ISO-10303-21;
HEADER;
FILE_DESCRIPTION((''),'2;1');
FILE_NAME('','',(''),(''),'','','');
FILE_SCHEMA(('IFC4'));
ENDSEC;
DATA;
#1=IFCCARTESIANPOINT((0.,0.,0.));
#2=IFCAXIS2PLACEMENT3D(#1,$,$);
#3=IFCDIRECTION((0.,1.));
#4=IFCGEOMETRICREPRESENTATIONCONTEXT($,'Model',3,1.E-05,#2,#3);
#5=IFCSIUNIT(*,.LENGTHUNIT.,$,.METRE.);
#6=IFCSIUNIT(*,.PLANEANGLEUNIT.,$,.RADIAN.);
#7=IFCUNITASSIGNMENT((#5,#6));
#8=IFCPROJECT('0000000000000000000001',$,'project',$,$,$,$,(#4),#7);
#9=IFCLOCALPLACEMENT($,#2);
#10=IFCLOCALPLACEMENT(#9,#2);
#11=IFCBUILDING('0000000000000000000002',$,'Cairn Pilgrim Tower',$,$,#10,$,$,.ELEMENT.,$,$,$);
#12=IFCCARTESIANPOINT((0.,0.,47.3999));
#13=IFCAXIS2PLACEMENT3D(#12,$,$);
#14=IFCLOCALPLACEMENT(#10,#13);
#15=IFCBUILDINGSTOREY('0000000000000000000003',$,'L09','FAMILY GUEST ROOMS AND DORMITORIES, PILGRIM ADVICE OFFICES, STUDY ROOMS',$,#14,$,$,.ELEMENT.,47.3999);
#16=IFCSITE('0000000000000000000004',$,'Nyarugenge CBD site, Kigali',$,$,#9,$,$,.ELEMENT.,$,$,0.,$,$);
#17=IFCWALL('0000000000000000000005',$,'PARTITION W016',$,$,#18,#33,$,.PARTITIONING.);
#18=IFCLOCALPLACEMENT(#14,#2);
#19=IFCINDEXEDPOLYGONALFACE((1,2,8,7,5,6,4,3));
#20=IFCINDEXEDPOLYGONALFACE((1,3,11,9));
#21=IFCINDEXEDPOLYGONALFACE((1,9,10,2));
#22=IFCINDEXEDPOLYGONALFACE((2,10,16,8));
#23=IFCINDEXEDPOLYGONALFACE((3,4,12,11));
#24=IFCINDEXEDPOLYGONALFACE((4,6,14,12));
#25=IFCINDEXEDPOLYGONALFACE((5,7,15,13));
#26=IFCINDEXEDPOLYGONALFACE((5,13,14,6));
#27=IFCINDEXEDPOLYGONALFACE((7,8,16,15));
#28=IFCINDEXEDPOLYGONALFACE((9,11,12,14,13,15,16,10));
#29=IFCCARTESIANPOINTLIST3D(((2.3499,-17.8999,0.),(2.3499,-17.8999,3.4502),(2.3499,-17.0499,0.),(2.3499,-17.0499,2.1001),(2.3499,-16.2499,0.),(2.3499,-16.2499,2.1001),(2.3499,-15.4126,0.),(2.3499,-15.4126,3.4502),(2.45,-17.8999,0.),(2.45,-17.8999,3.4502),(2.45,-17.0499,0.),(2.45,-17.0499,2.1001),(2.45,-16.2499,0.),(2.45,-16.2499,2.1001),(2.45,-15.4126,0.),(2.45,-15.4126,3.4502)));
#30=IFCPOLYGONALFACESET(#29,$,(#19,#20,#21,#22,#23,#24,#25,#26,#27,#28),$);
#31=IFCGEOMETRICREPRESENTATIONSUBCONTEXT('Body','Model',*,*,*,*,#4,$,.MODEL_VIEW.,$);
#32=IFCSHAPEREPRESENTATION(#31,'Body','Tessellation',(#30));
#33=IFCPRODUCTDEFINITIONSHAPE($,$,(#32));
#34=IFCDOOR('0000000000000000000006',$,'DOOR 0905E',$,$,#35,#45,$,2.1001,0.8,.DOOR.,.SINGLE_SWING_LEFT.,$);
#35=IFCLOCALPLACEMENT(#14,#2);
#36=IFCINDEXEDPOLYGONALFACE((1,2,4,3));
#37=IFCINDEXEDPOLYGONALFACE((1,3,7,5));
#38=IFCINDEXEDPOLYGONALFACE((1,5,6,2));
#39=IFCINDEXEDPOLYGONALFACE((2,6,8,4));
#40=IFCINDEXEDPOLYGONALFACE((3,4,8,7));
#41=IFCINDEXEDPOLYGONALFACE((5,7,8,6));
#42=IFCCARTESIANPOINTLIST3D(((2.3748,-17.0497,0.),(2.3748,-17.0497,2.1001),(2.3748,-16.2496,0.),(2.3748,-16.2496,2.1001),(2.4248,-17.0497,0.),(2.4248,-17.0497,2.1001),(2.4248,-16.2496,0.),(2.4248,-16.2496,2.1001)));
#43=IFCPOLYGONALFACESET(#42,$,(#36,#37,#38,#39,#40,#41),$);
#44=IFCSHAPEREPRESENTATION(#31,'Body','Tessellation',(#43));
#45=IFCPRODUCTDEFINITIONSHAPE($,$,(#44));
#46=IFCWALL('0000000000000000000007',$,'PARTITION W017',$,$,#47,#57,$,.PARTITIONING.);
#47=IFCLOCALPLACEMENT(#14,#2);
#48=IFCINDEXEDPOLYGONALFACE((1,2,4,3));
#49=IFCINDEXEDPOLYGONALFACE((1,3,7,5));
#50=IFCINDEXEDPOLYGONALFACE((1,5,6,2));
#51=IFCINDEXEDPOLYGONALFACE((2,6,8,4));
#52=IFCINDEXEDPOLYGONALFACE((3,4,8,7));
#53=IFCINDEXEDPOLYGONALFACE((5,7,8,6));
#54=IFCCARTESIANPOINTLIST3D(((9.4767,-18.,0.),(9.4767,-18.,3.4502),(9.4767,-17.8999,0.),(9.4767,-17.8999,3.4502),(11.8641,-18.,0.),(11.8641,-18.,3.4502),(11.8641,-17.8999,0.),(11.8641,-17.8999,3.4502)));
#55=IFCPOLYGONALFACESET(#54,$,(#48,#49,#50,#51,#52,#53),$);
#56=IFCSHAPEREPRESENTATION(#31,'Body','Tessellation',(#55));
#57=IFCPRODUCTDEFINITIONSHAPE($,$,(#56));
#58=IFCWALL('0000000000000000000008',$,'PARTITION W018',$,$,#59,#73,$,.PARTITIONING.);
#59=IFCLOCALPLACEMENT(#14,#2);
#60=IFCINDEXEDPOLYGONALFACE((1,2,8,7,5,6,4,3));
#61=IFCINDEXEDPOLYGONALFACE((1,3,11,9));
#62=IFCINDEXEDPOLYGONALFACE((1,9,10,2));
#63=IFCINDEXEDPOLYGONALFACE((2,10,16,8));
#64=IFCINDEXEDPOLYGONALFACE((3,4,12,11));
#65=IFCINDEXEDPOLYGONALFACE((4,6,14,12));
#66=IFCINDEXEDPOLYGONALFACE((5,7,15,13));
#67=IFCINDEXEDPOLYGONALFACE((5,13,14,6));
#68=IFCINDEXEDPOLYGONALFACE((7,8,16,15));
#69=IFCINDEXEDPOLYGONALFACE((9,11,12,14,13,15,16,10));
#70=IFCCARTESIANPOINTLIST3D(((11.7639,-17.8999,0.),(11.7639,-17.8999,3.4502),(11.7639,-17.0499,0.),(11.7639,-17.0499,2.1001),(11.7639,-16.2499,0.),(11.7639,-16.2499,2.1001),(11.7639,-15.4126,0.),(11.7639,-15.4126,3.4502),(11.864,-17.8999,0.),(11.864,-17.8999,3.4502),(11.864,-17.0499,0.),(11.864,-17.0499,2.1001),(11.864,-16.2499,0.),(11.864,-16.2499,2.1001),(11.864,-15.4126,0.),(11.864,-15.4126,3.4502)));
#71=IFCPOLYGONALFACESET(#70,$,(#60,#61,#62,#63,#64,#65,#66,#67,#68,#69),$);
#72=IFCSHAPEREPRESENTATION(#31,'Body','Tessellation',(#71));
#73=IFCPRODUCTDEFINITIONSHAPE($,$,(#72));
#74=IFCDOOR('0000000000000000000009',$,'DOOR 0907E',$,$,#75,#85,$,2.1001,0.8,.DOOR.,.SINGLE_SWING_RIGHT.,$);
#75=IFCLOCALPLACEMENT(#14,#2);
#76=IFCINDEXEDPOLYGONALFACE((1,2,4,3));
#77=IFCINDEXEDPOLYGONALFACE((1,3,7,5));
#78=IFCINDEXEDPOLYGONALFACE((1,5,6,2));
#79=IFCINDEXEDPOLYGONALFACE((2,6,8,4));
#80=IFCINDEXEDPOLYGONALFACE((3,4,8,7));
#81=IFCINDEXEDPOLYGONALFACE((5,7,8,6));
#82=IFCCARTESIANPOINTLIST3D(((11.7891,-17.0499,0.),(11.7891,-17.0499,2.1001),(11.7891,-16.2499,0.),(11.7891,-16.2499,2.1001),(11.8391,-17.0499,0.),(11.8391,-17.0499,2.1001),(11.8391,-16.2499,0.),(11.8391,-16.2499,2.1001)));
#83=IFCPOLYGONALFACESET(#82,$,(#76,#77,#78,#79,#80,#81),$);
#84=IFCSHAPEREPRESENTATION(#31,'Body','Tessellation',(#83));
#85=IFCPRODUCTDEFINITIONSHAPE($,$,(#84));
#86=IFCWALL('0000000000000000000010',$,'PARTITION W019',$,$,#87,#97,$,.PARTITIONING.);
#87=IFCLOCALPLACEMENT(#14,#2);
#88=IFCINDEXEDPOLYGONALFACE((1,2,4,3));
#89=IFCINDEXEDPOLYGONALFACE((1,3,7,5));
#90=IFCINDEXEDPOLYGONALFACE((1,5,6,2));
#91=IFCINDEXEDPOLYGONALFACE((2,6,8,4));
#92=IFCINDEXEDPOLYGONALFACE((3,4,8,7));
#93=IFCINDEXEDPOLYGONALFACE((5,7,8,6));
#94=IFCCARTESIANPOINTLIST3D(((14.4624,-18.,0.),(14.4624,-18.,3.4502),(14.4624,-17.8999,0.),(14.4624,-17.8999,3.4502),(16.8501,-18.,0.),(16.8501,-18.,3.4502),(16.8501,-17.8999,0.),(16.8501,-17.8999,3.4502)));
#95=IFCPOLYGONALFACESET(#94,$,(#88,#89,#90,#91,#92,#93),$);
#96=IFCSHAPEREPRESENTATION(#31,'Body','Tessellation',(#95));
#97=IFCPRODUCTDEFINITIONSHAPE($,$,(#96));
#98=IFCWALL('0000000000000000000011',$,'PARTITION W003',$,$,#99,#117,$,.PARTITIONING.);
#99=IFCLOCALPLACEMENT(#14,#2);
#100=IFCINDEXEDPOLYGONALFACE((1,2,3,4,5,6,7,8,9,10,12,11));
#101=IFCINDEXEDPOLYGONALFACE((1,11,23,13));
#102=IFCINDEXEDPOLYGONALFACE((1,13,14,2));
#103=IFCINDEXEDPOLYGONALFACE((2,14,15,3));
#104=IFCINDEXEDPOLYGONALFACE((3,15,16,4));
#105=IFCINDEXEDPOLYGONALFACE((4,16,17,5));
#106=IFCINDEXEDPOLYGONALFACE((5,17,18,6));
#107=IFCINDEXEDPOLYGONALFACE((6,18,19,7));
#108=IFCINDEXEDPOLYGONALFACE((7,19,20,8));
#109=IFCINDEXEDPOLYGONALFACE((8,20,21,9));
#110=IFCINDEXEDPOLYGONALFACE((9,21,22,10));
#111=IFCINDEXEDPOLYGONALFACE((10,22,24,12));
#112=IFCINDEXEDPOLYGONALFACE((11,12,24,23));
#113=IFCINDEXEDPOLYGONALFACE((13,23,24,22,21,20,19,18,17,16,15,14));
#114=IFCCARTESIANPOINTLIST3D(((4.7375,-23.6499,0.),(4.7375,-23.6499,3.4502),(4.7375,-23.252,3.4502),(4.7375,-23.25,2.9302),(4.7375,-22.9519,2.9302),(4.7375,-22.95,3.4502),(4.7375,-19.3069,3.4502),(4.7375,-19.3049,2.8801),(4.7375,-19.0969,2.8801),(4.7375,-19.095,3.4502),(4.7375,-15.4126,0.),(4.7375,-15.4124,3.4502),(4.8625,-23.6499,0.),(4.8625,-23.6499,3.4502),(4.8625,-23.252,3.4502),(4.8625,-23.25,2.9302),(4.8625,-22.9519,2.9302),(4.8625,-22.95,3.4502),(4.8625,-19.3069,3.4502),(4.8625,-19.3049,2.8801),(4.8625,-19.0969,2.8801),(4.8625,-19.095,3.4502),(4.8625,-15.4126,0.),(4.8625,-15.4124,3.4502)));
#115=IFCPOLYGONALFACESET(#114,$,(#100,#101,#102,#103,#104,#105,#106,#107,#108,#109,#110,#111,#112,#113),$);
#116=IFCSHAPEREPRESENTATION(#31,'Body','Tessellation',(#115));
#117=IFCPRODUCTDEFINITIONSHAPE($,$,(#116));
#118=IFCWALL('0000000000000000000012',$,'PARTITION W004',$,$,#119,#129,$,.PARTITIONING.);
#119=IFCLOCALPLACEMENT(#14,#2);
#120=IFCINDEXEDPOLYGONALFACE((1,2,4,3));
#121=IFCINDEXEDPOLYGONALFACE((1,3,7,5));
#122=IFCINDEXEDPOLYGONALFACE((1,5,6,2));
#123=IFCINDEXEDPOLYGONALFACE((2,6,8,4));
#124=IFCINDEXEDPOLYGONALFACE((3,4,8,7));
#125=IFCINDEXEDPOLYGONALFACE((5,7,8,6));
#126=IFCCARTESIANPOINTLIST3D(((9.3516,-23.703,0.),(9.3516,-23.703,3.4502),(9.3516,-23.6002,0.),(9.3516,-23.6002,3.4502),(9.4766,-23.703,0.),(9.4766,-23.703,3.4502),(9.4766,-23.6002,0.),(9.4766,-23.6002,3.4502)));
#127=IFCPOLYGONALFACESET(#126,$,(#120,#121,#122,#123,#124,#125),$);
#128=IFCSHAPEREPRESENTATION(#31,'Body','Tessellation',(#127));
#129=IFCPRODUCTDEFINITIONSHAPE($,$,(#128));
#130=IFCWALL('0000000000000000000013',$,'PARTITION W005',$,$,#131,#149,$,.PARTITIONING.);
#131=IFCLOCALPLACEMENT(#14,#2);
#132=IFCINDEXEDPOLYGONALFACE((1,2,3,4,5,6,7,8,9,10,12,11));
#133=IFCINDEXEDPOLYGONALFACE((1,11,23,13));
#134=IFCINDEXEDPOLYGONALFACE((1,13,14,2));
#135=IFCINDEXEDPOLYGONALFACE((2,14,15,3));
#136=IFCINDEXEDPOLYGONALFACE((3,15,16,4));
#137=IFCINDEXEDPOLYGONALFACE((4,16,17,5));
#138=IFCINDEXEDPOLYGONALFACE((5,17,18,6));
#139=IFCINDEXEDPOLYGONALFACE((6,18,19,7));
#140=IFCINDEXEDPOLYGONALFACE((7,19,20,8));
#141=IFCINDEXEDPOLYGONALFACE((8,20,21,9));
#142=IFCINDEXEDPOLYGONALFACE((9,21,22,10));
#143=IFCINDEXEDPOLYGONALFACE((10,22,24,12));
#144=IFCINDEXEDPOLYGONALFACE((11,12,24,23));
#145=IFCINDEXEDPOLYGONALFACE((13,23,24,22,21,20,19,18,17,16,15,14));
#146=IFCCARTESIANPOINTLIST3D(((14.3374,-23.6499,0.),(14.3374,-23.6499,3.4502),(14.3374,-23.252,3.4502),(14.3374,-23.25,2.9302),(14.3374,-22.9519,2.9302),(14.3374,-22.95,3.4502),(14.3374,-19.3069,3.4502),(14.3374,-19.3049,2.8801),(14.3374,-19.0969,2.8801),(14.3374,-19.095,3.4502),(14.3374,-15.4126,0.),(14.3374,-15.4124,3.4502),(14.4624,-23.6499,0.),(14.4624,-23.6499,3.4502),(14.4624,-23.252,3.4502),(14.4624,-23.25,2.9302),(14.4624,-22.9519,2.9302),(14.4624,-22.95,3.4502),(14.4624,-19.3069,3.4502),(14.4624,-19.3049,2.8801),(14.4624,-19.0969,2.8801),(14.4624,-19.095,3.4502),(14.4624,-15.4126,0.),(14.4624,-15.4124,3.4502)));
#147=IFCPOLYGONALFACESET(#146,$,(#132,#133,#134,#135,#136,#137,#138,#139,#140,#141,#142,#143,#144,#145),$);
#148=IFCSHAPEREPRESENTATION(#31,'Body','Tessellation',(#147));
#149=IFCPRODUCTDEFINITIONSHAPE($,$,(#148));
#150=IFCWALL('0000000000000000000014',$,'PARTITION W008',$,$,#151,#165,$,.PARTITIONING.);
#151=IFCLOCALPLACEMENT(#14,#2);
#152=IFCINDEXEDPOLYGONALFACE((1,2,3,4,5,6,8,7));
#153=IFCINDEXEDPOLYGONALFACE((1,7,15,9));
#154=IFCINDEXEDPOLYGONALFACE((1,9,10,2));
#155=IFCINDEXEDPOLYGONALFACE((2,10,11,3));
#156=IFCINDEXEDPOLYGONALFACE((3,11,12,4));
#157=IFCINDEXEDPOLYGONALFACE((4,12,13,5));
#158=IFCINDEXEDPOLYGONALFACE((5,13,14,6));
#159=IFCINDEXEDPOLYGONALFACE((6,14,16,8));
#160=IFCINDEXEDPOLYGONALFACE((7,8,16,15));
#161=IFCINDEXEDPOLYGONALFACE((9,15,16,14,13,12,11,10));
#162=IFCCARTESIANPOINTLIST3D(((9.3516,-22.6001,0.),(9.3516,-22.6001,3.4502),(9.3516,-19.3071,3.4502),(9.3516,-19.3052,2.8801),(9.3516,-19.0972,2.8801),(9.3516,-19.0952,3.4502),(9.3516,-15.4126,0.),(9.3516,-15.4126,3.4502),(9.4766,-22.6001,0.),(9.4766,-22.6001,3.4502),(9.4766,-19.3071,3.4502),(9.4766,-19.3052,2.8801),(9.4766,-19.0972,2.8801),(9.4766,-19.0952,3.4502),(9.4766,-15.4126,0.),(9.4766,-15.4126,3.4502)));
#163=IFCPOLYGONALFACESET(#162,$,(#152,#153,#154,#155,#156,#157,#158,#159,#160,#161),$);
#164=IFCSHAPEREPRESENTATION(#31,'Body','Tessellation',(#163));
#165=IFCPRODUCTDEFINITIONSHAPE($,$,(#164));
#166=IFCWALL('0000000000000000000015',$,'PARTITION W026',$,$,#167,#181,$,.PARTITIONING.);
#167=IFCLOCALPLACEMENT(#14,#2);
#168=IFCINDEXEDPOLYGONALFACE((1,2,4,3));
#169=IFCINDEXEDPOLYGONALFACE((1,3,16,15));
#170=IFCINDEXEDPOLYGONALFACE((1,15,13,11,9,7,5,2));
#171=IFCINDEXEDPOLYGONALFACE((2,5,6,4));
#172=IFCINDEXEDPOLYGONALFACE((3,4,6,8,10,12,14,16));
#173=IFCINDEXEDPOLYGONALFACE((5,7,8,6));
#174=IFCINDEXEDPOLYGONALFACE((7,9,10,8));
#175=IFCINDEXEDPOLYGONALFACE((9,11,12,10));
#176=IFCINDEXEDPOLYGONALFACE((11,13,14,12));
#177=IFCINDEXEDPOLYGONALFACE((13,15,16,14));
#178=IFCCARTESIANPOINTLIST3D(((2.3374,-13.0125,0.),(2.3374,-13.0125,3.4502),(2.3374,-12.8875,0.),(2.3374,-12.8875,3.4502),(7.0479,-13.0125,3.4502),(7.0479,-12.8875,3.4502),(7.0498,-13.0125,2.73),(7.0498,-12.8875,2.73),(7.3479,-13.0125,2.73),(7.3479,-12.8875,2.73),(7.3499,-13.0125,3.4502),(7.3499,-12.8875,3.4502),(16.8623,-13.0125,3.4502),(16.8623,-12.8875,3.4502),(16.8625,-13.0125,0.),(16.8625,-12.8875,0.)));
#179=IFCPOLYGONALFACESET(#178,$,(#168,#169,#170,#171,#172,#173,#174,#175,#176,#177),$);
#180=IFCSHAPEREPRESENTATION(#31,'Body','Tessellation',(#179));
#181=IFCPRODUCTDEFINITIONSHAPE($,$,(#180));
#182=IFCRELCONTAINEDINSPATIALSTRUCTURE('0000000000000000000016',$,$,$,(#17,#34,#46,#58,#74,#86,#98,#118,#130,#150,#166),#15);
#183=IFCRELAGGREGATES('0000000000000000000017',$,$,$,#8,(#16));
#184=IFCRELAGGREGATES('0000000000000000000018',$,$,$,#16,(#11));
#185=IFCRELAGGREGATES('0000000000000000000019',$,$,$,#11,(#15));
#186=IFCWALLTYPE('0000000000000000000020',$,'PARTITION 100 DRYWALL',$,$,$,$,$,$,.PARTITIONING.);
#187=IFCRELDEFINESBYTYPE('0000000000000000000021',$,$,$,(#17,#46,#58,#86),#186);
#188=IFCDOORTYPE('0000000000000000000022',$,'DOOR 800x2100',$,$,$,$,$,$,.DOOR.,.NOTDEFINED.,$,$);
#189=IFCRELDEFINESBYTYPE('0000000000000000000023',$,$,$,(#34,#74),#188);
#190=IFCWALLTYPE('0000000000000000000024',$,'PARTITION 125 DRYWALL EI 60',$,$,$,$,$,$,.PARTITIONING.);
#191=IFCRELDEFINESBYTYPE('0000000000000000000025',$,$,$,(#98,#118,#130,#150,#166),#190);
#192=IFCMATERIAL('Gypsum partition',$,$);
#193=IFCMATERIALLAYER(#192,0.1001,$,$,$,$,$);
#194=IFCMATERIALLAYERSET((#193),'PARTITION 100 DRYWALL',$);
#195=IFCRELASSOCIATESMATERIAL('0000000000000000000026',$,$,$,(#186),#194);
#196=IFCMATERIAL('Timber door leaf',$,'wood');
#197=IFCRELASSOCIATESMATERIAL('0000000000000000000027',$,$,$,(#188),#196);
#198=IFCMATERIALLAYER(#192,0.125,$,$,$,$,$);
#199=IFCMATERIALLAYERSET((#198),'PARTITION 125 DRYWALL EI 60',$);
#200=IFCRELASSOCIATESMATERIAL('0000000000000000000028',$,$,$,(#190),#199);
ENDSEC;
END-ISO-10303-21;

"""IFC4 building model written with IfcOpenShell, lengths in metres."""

from ifc_helpers import new_model, si_unit, direction, frame, frame_2d, origin, place, context, subcontext, project, spatial, polyline, rectangle, outline, extrude, material, layer, layer_set, type_object, element, fill, save


model = new_model("IFC4")

# Units and contexts
model_context = context("Model", 3, precision=1e-05, world=origin(), true_north=direction((0.0, 1.0)))
body_context = subcontext(model_context, "Body", "Model", "MODEL_VIEW")
ifc_project = project(units=[si_unit("LENGTHUNIT", "METRE"), si_unit("PLANEANGLEUNIT", "RADIAN")], contexts=[model_context])

# Site, building, storey
site_placement = place(None, origin())
site = spatial("IfcSite", under=ifc_project, at=site_placement, Name="Nyarugenge CBD site, Kigali", CompositionType="ELEMENT", RefElevation=0.0)
building_placement = place(site_placement, origin())
building = spatial("IfcBuilding", under=site, at=building_placement, Name="Cairn Pilgrim Tower", CompositionType="ELEMENT")
storey_placement = place(building_placement, frame((0.0, 0.0, 47.3999)))
storey = spatial("IfcBuildingStorey", under=building, at=storey_placement, Name="L09", Description="FAMILY GUEST ROOMS AND DORMITORIES, PILGRIM ADVICE OFFICES, STUDY ROOMS", CompositionType="ELEMENT", Elevation=47.3999)

# Shared definitions
ifc_material_1 = material(Name="Gypsum partition")
ifc_layer_1 = layer(ifc_material_1, 0.1001)
ifc_layer_set_1 = layer_set([ifc_layer_1], Name="PARTITION 100 DRYWALL")
wall_type_1 = type_object("IfcWallType", Name="PARTITION 100 DRYWALL", PredefinedType="PARTITIONING", material=ifc_layer_set_1)

# Wall, opening, door
wall_1_placement = place(storey_placement, frame((2.3999, -17.8999, 0.0), z_axis=(0.0, 0.0, 1.0), x_axis=(0.0, 1.0, 0.0)))
wall_1 = element("IfcWall", 1, at=wall_1_placement, inside=storey, type_object=wall_type_1, Name="PARTITION W016", PredefinedType="PARTITIONING", context=body_context, shape_type="SweptSolid", body=[
    extrude(rectangle(XDim=2.4873, YDim=0.1001, at=frame_2d((1.2437, 0.0))), origin(), (0.0, 0.0, 1.0), 3.4502),
])
opening_1_placement = place(wall_1_placement, frame((0.8501, 0.0, 0.0)))
opening_1 = element("IfcOpeningElement", 2, at=opening_1_placement, cuts=wall_1, PredefinedType="OPENING", context=body_context, shape_type="SweptSolid", body=[
    extrude(rectangle(XDim=0.8, YDim=2.1001, at=frame_2d((0.3999, 1.05))), frame((0.0, 0.0601, 0.0), z_axis=(0.0, -1.0, 0.0), x_axis=(1.0, 0.0, 0.0)), (0.0, 0.0, 1.0), 0.1201),
])
ifc_material_2 = material(Name="Timber door leaf", Category="wood")
door_type_1 = type_object("IfcDoorType", Name="DOOR 800x2100", OperationType="NOTDEFINED", PredefinedType="DOOR", material=ifc_material_2)
door_1_placement = place(opening_1_placement, frame((0.8, 0.0, 0.0), z_axis=(0.0, 0.0, 1.0), x_axis=(-1.0, 0.0, 0.0)))
door_1 = element("IfcDoor", 3, at=door_1_placement, inside=storey, type_object=door_type_1, Name="DOOR 0905E", OperationType="SINGLE_SWING_LEFT", OverallHeight=2.1001, OverallWidth=0.8, PredefinedType="DOOR", context=body_context, shape_type="SweptSolid", body=[
    extrude(rectangle(XDim=0.8, YDim=2.1001, at=frame_2d((0.3999, 1.05))), frame((0.0, 0.0249, 0.0), z_axis=(0.0, -1.0, 0.0), x_axis=(1.0, 0.0, 0.0)), (0.0, 0.0, 1.0), 0.05),
])
fill(opening_1, door_1)

# Wall
wall_2_placement = place(storey_placement, frame((9.4766, -17.95, 0.0), z_axis=(0.0, 0.0, 1.0), x_axis=(1.0, 0.0, 0.0)))
element("IfcWall", 4, at=wall_2_placement, inside=storey, type_object=wall_type_1, Name="PARTITION W017", PredefinedType="PARTITIONING", context=body_context, shape_type="SweptSolid", body=[
    extrude(rectangle(XDim=2.3875, YDim=0.1001, at=frame_2d((1.1938, 0.0))), origin(), (0.0, 0.0, 1.0), 3.4502),
])

# Wall, opening, door
wall_3_placement = place(storey_placement, frame((11.814, -17.8999, 0.0), z_axis=(0.0, 0.0, 1.0), x_axis=(0.0, 1.0, 0.0)))
wall_3 = element("IfcWall", 5, at=wall_3_placement, inside=storey, type_object=wall_type_1, Name="PARTITION W018", PredefinedType="PARTITIONING", context=body_context, shape_type="SweptSolid", body=[
    extrude(rectangle(XDim=2.4873, YDim=0.1001, at=frame_2d((1.2437, 0.0))), origin(), (0.0, 0.0, 1.0), 3.4502),
])
opening_2_placement = place(wall_3_placement, frame((0.8501, 0.0, 0.0)))
opening_2 = element("IfcOpeningElement", 6, at=opening_2_placement, cuts=wall_3, PredefinedType="OPENING", context=body_context, shape_type="SweptSolid", body=[
    extrude(rectangle(XDim=0.8, YDim=2.1001, at=frame_2d((0.3999, 1.05))), frame((0.0, 0.0601, 0.0), z_axis=(0.0, -1.0, 0.0), x_axis=(1.0, 0.0, 0.0)), (0.0, 0.0, 1.0), 0.1201),
])
door_2_placement = place(opening_2_placement, origin())
door_2 = element("IfcDoor", 7, at=door_2_placement, inside=storey, type_object=door_type_1, Name="DOOR 0907E", OperationType="SINGLE_SWING_RIGHT", OverallHeight=2.1001, OverallWidth=0.8, PredefinedType="DOOR", context=body_context, shape_type="SweptSolid", body=[
    extrude(rectangle(XDim=0.8, YDim=2.1001, at=frame_2d((0.3999, 1.05))), frame((0.0, 0.0249, 0.0), z_axis=(0.0, -1.0, 0.0), x_axis=(1.0, 0.0, 0.0)), (0.0, 0.0, 1.0), 0.05),
])
fill(opening_2, door_2)

# Walls
wall_4_placement = place(storey_placement, frame((14.4624, -17.95, 0.0), z_axis=(0.0, 0.0, 1.0), x_axis=(1.0, 0.0, 0.0)))
element("IfcWall", 8, at=wall_4_placement, inside=storey, type_object=wall_type_1, Name="PARTITION W019", PredefinedType="PARTITIONING", context=body_context, shape_type="SweptSolid", body=[
    extrude(rectangle(XDim=2.3877, YDim=0.1001, at=frame_2d((1.1938, 0.0))), origin(), (0.0, 0.0, 1.0), 3.4502),
])
ifc_layer_2 = layer(ifc_material_1, 0.125)
ifc_layer_set_2 = layer_set([ifc_layer_2], Name="PARTITION 125 DRYWALL EI 60")
wall_type_2 = type_object("IfcWallType", Name="PARTITION 125 DRYWALL EI 60", PredefinedType="PARTITIONING", material=ifc_layer_set_2)
wall_5_placement = place(storey_placement, frame((4.8, -23.6499, 0.0), z_axis=(0.0, 0.0, 1.0), x_axis=(0.0, 1.0, 0.0)))
element("IfcWall", 9, at=wall_5_placement, inside=storey, type_object=wall_type_2, Name="PARTITION W003", PredefinedType="PARTITIONING", context=body_context, shape_type="SweptSolid", body=[
    extrude(outline(polyline([(0.0, 0.0), (8.2373, 0.0), (8.2375, 3.4502), (4.5549, 3.4502), (4.553, 2.8801), (4.345, 2.8801), (4.343, 3.4502), (0.7, 3.4502), (0.698, 2.9302), (0.3999, 2.9302), (0.3979, 3.4502), (0.0, 3.4502), (0.0, 0.0)])), frame((0.0, 0.0625, 0.0), z_axis=(0.0, -1.0, 0.0), x_axis=(1.0, 0.0, 0.0)), (0.0, 0.0, 1.0), 0.125),
])
wall_6_placement = place(storey_placement, frame((9.4141, -23.7029, 0.0), z_axis=(0.0, 0.0, 1.0), x_axis=(0.0, 1.0, 0.0)))
element("IfcWall", 10, at=wall_6_placement, inside=storey, type_object=wall_type_2, Name="PARTITION W004", PredefinedType="PARTITIONING", context=body_context, shape_type="SweptSolid", body=[
    extrude(rectangle(XDim=0.1028, YDim=0.125, at=frame_2d((0.0513, 0.0))), origin(), (0.0, 0.0, 1.0), 3.4502),
])
wall_7_placement = place(storey_placement, frame((14.3999, -23.6499, 0.0), z_axis=(0.0, 0.0, 1.0), x_axis=(0.0, 1.0, 0.0)))
element("IfcWall", 11, at=wall_7_placement, inside=storey, type_object=wall_type_2, Name="PARTITION W005", PredefinedType="PARTITIONING", context=body_context, shape_type="SweptSolid", body=[
    extrude(outline(polyline([(0.0, 0.0), (8.2373, 0.0), (8.2375, 3.4502), (4.5549, 3.4502), (4.553, 2.8801), (4.345, 2.8801), (4.343, 3.4502), (0.7, 3.4502), (0.698, 2.9302), (0.3999, 2.9302), (0.3979, 3.4502), (0.0, 3.4502), (0.0, 0.0)])), frame((0.0, 0.0625, 0.0), z_axis=(0.0, -1.0, 0.0), x_axis=(1.0, 0.0, 0.0)), (0.0, 0.0, 1.0), 0.125),
])
wall_8_placement = place(storey_placement, frame((9.4141, -22.6001, 0.0), z_axis=(0.0, 0.0, 1.0), x_axis=(0.0, 1.0, 0.0)))
element("IfcWall", 12, at=wall_8_placement, inside=storey, type_object=wall_type_2, Name="PARTITION W008", PredefinedType="PARTITIONING", context=body_context, shape_type="SweptSolid", body=[
    extrude(outline(polyline([(0.0, 0.0), (7.1875, 0.0), (7.1875, 3.4502), (3.5049, 3.4502), (3.5029, 2.8801), (3.2949, 2.8801), (3.293, 3.4502), (0.0, 3.4502), (0.0, 0.0)])), frame((0.0, 0.0625, 0.0), z_axis=(0.0, -1.0, 0.0), x_axis=(1.0, 0.0, 0.0)), (0.0, 0.0, 1.0), 0.125),
])
wall_9_placement = place(storey_placement, frame((2.3374, -12.95, 0.0), z_axis=(0.0, 0.0, 1.0), x_axis=(1.0, 0.0, 0.0)))
element("IfcWall", 13, at=wall_9_placement, inside=storey, type_object=wall_type_2, Name="PARTITION W026", PredefinedType="PARTITIONING", context=body_context, shape_type="SweptSolid", body=[
    extrude(outline(polyline([(0.0, 0.0), (14.5251, 0.0), (14.5249, 3.4502), (5.0125, 3.4502), (5.0105, 2.73), (4.7124, 2.73), (4.7104, 3.4502), (0.0, 3.4502), (0.0, 0.0)])), frame((0.0, 0.0625, 0.0), z_axis=(0.0, -1.0, 0.0), x_axis=(1.0, 0.0, 0.0)), (0.0, 0.0, 1.0), 0.125),
])

save(model, "model.ifc")
